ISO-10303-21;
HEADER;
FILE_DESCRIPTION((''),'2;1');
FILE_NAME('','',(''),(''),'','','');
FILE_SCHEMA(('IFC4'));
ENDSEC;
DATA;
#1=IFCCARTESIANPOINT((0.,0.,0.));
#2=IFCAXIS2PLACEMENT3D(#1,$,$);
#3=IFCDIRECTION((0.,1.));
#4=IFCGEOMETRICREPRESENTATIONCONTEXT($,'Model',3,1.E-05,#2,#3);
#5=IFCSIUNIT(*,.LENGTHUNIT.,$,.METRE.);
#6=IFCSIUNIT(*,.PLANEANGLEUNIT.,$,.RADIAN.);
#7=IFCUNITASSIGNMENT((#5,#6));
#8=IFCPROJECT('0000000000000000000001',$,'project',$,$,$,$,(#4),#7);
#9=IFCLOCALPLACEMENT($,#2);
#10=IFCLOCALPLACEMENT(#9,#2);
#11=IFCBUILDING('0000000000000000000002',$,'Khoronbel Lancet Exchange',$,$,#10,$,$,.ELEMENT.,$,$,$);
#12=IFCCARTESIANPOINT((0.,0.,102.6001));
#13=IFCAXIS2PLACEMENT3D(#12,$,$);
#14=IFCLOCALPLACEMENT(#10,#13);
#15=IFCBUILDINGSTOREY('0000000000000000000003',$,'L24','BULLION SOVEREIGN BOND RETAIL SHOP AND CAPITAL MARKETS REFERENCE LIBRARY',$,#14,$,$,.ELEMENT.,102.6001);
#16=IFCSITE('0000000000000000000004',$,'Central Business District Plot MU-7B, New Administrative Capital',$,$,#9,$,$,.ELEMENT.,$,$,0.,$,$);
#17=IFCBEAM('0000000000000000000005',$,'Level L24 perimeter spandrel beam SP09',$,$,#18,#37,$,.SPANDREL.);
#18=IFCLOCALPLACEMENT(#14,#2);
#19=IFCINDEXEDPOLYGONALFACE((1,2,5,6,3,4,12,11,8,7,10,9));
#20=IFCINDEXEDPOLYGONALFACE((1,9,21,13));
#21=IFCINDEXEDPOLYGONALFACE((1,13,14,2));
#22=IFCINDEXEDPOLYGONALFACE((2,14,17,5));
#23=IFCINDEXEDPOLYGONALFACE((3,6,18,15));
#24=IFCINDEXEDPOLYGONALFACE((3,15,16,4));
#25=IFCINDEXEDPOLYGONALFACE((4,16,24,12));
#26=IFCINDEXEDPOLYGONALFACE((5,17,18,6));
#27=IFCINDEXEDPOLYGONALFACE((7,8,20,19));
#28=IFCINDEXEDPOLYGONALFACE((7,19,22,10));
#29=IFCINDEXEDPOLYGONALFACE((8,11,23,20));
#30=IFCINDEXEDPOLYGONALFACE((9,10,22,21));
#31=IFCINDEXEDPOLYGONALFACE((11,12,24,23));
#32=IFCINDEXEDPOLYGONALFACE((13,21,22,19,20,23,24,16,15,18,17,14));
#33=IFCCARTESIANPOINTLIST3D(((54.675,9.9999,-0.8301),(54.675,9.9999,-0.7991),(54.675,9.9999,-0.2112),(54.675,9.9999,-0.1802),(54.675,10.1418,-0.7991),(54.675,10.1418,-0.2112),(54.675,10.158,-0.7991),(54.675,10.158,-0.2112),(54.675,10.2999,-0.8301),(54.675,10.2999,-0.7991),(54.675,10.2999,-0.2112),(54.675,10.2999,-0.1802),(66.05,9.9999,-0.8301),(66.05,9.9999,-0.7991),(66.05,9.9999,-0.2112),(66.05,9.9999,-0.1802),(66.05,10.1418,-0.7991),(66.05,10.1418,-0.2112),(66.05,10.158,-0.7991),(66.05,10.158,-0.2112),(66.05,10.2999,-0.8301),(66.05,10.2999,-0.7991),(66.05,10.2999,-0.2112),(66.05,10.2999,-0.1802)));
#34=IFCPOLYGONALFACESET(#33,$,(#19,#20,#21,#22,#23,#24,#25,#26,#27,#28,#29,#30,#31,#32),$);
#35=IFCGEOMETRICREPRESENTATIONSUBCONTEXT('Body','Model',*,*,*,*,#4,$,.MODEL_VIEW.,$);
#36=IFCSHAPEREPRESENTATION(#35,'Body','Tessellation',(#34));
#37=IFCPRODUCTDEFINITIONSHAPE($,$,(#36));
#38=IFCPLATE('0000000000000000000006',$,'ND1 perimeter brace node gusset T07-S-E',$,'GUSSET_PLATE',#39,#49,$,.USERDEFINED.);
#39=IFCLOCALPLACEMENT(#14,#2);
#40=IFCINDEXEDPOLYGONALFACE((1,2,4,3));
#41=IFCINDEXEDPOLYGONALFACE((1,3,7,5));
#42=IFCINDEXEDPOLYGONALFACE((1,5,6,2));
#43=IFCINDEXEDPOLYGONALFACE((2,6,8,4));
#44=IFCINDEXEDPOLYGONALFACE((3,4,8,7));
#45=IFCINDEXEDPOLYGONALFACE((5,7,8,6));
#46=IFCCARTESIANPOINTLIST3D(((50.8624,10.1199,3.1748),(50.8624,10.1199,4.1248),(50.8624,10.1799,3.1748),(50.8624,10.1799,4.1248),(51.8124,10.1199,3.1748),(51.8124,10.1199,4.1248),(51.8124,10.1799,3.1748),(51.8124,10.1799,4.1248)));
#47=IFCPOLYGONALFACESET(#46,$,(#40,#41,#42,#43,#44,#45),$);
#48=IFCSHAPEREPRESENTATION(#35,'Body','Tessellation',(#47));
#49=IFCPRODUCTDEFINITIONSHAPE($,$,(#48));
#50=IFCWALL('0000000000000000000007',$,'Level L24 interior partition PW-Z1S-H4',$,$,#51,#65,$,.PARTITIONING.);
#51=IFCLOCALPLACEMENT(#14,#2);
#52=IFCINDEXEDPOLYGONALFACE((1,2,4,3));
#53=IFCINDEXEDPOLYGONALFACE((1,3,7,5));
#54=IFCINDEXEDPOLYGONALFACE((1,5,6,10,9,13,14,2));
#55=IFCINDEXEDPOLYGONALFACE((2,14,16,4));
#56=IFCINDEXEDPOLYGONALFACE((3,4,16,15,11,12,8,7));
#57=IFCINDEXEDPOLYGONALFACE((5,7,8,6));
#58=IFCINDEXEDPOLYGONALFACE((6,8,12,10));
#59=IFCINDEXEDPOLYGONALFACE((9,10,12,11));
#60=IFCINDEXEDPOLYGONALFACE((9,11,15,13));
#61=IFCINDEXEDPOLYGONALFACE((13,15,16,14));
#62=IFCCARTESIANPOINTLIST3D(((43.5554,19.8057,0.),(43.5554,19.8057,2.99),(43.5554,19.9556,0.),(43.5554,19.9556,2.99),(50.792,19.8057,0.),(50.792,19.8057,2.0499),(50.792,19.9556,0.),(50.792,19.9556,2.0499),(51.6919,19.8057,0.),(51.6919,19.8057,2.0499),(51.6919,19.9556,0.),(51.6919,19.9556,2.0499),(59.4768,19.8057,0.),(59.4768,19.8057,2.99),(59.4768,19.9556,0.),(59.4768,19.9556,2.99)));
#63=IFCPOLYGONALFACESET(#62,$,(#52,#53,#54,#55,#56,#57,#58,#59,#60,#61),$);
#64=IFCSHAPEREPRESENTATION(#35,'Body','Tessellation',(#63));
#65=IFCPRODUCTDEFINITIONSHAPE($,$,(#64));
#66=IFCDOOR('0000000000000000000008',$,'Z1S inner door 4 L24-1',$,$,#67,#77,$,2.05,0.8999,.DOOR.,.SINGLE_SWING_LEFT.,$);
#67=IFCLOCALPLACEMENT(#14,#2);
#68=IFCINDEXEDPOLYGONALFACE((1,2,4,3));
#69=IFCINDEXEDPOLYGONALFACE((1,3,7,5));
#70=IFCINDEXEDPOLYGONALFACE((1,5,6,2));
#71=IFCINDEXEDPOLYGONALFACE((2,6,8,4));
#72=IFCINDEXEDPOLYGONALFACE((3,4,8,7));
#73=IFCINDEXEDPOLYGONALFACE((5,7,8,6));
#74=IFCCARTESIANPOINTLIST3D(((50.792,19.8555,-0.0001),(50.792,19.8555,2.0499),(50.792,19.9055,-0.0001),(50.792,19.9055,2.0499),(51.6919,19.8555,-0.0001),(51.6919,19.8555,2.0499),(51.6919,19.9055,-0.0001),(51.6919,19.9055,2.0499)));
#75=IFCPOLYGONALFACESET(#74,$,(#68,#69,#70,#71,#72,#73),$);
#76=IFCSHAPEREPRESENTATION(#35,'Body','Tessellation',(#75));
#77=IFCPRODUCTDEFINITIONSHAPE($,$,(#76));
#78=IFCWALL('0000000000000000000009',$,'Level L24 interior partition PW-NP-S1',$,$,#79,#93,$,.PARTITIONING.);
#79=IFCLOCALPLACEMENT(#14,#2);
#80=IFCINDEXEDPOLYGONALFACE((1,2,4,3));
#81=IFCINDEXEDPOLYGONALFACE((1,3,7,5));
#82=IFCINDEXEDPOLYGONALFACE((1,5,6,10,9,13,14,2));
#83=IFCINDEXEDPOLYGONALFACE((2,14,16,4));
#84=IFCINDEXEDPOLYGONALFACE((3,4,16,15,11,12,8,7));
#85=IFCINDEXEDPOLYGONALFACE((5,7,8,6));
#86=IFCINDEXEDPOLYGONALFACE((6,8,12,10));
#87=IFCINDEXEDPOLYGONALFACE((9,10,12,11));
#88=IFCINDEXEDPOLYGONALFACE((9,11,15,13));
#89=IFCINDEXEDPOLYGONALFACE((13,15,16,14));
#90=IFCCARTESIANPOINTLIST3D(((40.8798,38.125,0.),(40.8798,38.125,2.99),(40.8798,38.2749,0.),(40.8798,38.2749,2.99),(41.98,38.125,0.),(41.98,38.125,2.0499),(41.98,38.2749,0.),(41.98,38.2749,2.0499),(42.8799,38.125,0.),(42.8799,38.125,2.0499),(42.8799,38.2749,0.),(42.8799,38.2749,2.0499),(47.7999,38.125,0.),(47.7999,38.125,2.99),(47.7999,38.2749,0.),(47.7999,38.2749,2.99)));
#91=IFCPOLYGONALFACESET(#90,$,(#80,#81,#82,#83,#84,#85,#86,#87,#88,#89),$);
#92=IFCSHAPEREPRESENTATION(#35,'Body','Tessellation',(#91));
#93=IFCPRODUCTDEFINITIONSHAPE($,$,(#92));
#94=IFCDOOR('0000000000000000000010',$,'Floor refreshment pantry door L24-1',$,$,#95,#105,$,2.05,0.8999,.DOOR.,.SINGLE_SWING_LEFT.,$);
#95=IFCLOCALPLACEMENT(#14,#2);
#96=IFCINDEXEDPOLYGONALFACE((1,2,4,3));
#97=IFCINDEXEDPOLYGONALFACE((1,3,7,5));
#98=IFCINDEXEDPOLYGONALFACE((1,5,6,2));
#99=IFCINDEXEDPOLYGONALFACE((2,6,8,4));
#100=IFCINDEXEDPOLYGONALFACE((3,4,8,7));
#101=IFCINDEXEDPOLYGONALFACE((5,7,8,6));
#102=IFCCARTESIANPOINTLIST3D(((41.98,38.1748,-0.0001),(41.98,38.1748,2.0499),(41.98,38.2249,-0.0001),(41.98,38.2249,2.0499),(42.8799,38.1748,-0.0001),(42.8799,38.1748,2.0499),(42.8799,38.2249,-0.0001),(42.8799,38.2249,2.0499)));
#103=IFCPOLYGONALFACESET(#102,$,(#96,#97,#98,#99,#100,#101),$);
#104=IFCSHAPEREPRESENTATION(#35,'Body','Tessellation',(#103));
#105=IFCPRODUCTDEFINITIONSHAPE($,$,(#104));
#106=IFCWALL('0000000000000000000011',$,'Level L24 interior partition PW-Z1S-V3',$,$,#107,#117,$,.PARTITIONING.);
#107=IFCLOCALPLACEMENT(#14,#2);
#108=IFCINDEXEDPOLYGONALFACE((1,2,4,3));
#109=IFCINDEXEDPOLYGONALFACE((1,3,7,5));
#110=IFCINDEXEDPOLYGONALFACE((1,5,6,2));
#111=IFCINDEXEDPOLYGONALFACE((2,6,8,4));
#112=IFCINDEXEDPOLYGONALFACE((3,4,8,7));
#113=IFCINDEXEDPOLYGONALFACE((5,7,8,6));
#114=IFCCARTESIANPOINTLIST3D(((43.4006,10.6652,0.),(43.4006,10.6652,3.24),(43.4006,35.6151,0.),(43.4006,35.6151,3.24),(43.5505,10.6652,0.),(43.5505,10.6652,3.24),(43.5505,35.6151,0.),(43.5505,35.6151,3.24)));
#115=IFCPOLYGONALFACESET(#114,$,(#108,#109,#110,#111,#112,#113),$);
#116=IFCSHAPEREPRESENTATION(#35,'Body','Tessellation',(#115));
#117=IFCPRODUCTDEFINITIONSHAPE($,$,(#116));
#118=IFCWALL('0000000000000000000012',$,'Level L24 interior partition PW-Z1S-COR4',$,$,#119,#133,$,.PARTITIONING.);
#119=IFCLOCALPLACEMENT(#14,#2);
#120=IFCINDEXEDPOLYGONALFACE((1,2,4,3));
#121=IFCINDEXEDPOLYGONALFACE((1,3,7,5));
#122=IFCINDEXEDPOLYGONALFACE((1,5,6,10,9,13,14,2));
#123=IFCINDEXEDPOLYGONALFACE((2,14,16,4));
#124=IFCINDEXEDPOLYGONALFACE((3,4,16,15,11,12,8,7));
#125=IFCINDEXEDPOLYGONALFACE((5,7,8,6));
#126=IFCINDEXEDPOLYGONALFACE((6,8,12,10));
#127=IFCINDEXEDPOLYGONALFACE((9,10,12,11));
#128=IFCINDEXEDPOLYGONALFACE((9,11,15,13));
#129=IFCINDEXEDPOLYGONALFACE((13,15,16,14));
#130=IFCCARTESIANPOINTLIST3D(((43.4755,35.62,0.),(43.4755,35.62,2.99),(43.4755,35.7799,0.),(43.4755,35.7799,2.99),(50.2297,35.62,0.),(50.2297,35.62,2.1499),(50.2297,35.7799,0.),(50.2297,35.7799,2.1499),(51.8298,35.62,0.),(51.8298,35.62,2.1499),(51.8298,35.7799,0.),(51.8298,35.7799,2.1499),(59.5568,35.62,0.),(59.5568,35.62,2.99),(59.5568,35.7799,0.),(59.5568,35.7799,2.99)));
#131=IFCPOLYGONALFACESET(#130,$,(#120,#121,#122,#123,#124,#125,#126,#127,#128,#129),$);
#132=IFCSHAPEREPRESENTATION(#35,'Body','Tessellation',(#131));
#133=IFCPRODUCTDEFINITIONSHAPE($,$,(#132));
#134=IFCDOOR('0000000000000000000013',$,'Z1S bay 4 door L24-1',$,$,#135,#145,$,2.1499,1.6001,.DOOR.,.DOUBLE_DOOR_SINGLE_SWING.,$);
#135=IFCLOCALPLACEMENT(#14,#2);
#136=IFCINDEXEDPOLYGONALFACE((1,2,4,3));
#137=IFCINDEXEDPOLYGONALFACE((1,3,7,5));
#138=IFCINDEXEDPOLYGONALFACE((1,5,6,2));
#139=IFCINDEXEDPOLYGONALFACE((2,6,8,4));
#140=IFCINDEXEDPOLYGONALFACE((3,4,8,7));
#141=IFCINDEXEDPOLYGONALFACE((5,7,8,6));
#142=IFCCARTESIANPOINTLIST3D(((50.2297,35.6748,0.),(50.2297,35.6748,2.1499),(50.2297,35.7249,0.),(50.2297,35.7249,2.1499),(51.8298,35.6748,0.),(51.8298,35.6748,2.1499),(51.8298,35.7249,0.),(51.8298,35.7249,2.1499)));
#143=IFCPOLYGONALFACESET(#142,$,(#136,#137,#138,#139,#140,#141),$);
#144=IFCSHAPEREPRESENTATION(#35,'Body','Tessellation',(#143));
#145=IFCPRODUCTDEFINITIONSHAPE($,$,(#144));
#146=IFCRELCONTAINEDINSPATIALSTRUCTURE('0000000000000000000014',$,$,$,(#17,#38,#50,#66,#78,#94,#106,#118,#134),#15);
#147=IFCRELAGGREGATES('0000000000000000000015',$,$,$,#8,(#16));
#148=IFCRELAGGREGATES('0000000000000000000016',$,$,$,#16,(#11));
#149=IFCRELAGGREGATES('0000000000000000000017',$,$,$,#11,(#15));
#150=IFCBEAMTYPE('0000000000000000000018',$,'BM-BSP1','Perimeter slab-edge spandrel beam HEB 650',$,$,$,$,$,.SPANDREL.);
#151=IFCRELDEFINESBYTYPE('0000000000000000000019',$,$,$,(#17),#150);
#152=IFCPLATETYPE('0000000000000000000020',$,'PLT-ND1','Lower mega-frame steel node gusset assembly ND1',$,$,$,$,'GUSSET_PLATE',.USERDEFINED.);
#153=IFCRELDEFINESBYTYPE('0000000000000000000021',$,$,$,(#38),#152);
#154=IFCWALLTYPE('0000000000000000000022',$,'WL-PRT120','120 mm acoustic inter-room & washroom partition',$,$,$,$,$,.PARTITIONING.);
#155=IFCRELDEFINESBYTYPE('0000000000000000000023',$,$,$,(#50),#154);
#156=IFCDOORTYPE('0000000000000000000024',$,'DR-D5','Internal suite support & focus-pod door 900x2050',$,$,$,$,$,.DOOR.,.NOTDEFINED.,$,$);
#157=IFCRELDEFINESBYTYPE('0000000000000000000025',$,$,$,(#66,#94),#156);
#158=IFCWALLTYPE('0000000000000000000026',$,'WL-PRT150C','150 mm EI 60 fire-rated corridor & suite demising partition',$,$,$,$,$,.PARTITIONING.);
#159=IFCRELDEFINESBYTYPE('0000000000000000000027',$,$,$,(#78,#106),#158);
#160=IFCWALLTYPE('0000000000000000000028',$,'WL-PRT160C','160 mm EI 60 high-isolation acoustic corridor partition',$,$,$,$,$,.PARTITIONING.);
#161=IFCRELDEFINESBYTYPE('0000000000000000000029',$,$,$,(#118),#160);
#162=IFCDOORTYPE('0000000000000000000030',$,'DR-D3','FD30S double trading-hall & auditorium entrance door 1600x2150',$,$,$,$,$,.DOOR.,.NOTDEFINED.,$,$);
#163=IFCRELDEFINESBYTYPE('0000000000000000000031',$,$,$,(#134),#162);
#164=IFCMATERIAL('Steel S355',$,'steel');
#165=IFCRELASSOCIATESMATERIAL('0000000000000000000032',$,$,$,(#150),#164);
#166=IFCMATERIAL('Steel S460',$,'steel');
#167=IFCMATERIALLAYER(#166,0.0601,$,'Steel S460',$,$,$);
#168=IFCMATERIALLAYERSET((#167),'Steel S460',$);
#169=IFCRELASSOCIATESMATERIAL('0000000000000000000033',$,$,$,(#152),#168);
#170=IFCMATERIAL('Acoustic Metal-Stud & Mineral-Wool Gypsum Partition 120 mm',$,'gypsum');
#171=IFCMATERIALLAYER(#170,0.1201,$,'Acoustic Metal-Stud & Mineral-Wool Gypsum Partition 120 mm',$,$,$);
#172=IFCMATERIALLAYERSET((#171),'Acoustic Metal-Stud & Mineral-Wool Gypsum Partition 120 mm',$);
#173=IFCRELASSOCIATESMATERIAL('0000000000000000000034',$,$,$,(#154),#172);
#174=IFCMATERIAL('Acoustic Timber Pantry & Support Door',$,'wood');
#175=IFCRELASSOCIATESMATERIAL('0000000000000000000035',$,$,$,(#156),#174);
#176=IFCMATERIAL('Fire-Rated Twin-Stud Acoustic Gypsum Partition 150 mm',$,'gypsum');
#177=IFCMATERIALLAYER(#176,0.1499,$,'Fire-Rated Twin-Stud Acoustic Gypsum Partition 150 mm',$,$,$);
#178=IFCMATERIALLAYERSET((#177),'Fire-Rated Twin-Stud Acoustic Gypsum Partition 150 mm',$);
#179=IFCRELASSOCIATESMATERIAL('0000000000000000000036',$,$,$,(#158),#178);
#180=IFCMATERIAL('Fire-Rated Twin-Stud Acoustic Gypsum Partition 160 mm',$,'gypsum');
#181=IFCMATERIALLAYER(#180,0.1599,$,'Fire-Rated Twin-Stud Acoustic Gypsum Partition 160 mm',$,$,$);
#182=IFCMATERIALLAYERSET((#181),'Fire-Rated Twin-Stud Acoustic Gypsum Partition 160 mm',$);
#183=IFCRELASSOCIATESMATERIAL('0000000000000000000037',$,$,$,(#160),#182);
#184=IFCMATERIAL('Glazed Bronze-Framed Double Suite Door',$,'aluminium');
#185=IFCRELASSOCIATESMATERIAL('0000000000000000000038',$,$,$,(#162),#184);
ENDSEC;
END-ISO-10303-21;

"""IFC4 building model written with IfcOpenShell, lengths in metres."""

from ifc_helpers import new_model, si_unit, direction, frame, frame_2d, origin, origin_2d, place, context, subcontext, project, spatial, rectangle, i_section, extrude, material, layer, layer_set, material_profile, profile_set, type_object, element, fill, save


model = new_model("IFC4")

# Units and contexts
model_context = context("Model", 3, precision=1e-05, world=origin(), true_north=direction((0.0, 1.0)))
body_context = subcontext(model_context, "Body", "Model", "MODEL_VIEW")
ifc_project = project(units=[si_unit("LENGTHUNIT", "METRE"), si_unit("PLANEANGLEUNIT", "RADIAN")], contexts=[model_context])

# Site, building, storey
site_placement = place(None, origin())
site = spatial("IfcSite", under=ifc_project, at=site_placement, Name="Central Business District Plot MU-7B, New Administrative Capital", CompositionType="ELEMENT", RefElevation=0.0)
building_placement = place(site_placement, origin())
building = spatial("IfcBuilding", under=site, at=building_placement, Name="Khoronbel Lancet Exchange", CompositionType="ELEMENT")
storey_placement = place(building_placement, frame((0.0, 0.0, 102.6001)))
storey = spatial("IfcBuildingStorey", under=building, at=storey_placement, Name="L24", Description="BULLION SOVEREIGN BOND RETAIL SHOP AND CAPITAL MARKETS REFERENCE LIBRARY", CompositionType="ELEMENT", Elevation=102.6001)

# Shared definitions
ifc_material_1 = material(Name="Steel S460", Category="steel")

# Beam
ifc_material_2 = material(Name="Steel S355", Category="steel")
ifc_material_profile_1 = material_profile(ifc_material_2, i_section(OverallWidth=0.3, OverallDepth=0.6499, WebThickness=0.0161, FlangeThickness=0.031, at=origin_2d()), Name="HEB 650")
ifc_profile_set_1 = profile_set([ifc_material_profile_1], Name="Steel S355")
beam_type_1 = type_object("IfcBeamType", Name="BM-BSP1", Description="Perimeter slab-edge spandrel beam HEB 650", PredefinedType="SPANDREL", material=ifc_profile_set_1)
beam_1_placement = place(storey_placement, frame((54.675, 10.1499, -0.5051), z_axis=(1.0, 0.0, 0.0), x_axis=(0.0, 1.0, 0.0)))
element("IfcBeam", 1, at=beam_1_placement, inside=storey, type_object=beam_type_1, Name="Level L24 perimeter spandrel beam SP09", PredefinedType="SPANDREL", context=body_context, shape_type="SweptSolid", body=[
    extrude(i_section(OverallWidth=0.3, OverallDepth=0.6499, WebThickness=0.0161, FlangeThickness=0.031, at=origin_2d()), origin(), (0.0, 0.0, 1.0), 11.375),
])

# Plate
ifc_layer_1 = layer(ifc_material_1, 0.0601, Name="Steel S460")
ifc_layer_set_1 = layer_set([ifc_layer_1], Name="Steel S460")
plate_type = type_object("IfcPlateType", Name="PLT-ND1", Description="Lower mega-frame steel node gusset assembly ND1", ElementType="GUSSET_PLATE", PredefinedType="USERDEFINED", material=ifc_layer_set_1)
plate_placement = place(storey_placement, frame((51.3374, 10.1499, 3.1748), z_axis=(0.0, 0.0, 1.0), x_axis=(1.0, 0.0, 0.0)))
element("IfcPlate", 2, at=plate_placement, inside=storey, type_object=plate_type, Name="ND1 perimeter brace node gusset T07-S-E", ObjectType="GUSSET_PLATE", PredefinedType="USERDEFINED", context=body_context, shape_type="SweptSolid", body=[
    extrude(rectangle(XDim=0.95, YDim=0.0601, at=origin_2d()), origin(), (0.0, 0.0, 1.0), 0.95),
])

# Walls, openings, doors
ifc_material_3 = material(Name="Acoustic Metal-Stud & Mineral-Wool Gypsum Partition 120 mm", Category="gypsum")
ifc_layer_2 = layer(ifc_material_3, 0.1201, Name="Acoustic Metal-Stud & Mineral-Wool Gypsum Partition 120 mm")
ifc_layer_set_2 = layer_set([ifc_layer_2], Name="Acoustic Metal-Stud & Mineral-Wool Gypsum Partition 120 mm")
wall_type_1 = type_object("IfcWallType", Name="WL-PRT120", Description="120 mm acoustic inter-room & washroom partition", PredefinedType="PARTITIONING", material=ifc_layer_set_2)
wall_1_placement = place(storey_placement, frame((43.5554, 19.8806, 0.0), z_axis=(0.0, 0.0, 1.0), x_axis=(1.0, 0.0, 0.0)))
wall_1 = element("IfcWall", 3, at=wall_1_placement, inside=storey, type_object=wall_type_1, Name="Level L24 interior partition PW-Z1S-H4", PredefinedType="PARTITIONING", context=body_context, shape_type="SweptSolid", body=[
    extrude(rectangle(XDim=15.9214, YDim=0.1499, at=frame_2d((7.9607, 0.0))), origin(), (0.0, 0.0, 1.0), 2.99),
])
opening_1_placement = place(wall_1_placement, frame((7.2366, 0.0, 0.0)))
opening_1 = element("IfcOpeningElement", 4, at=opening_1_placement, cuts=wall_1, PredefinedType="OPENING", context=body_context, shape_type="SweptSolid", body=[
    extrude(rectangle(XDim=0.8999, YDim=2.05, at=frame_2d((0.45, 1.0249))), frame((0.0, 0.085, 0.0), z_axis=(0.0, -1.0, 0.0), x_axis=(1.0, 0.0, 0.0)), (0.0, 0.0, 1.0), 0.1699),
])
ifc_material_4 = material(Name="Acoustic Timber Pantry & Support Door", Category="wood")
door_type_1 = type_object("IfcDoorType", Name="DR-D5", Description="Internal suite support & focus-pod door 900x2050", OperationType="NOTDEFINED", PredefinedType="DOOR", material=ifc_material_4)
door_1_placement = place(opening_1_placement, origin())
door_1 = element("IfcDoor", 5, at=door_1_placement, inside=storey, type_object=door_type_1, Name="Z1S inner door 4 L24-1", OperationType="SINGLE_SWING_LEFT", OverallHeight=2.05, OverallWidth=0.8999, PredefinedType="DOOR", context=body_context, shape_type="SweptSolid", body=[
    extrude(rectangle(XDim=0.8999, YDim=2.05, at=frame_2d((0.45, 1.0249))), frame((0.0, 0.0249, 0.0), z_axis=(0.0, -1.0, 0.0), x_axis=(1.0, 0.0, 0.0)), (0.0, 0.0, 1.0), 0.05),
])
fill(opening_1, door_1)
ifc_material_5 = material(Name="Fire-Rated Twin-Stud Acoustic Gypsum Partition 150 mm", Category="gypsum")
ifc_layer_3 = layer(ifc_material_5, 0.1499, Name="Fire-Rated Twin-Stud Acoustic Gypsum Partition 150 mm")
ifc_layer_set_3 = layer_set([ifc_layer_3], Name="Fire-Rated Twin-Stud Acoustic Gypsum Partition 150 mm")
wall_type_2 = type_object("IfcWallType", Name="WL-PRT150C", Description="150 mm EI 60 fire-rated corridor & suite demising partition", PredefinedType="PARTITIONING", material=ifc_layer_set_3)
wall_2_placement = place(storey_placement, frame((40.8799, 38.2, 0.0), z_axis=(0.0, 0.0, 1.0), x_axis=(1.0, 0.0, 0.0)))
wall_2 = element("IfcWall", 6, at=wall_2_placement, inside=storey, type_object=wall_type_2, Name="Level L24 interior partition PW-NP-S1", PredefinedType="PARTITIONING", context=body_context, shape_type="SweptSolid", body=[
    extrude(rectangle(XDim=6.9202, YDim=0.1499, at=frame_2d((3.46, 0.0))), origin(), (0.0, 0.0, 1.0), 2.99),
])
opening_2_placement = place(wall_2_placement, frame((1.1001, 0.0, 0.0)))
opening_2 = element("IfcOpeningElement", 7, at=opening_2_placement, cuts=wall_2, PredefinedType="OPENING", context=body_context, shape_type="SweptSolid", body=[
    extrude(rectangle(XDim=0.8999, YDim=2.05, at=frame_2d((0.45, 1.0249))), frame((0.0, 0.085, 0.0), z_axis=(0.0, -1.0, 0.0), x_axis=(1.0, 0.0, 0.0)), (0.0, 0.0, 1.0), 0.1699),
])
door_2_placement = place(opening_2_placement, origin())
door_2 = element("IfcDoor", 8, at=door_2_placement, inside=storey, type_object=door_type_1, Name="Floor refreshment pantry door L24-1", OperationType="SINGLE_SWING_LEFT", OverallHeight=2.05, OverallWidth=0.8999, PredefinedType="DOOR", context=body_context, shape_type="SweptSolid", body=[
    extrude(rectangle(XDim=0.8999, YDim=2.05, at=frame_2d((0.45, 1.0249))), frame((0.0, 0.0249, 0.0), z_axis=(0.0, -1.0, 0.0), x_axis=(1.0, 0.0, 0.0)), (0.0, 0.0, 1.0), 0.05),
])
fill(opening_2, door_2)

# Wall
wall_3_placement = place(storey_placement, frame((43.4756, 10.665, 0.0), z_axis=(0.0, 0.0, 1.0), x_axis=(0.0, 1.0, 0.0)))
element("IfcWall", 9, at=wall_3_placement, inside=storey, type_object=wall_type_2, Name="Level L24 interior partition PW-Z1S-V3", PredefinedType="PARTITIONING", context=body_context, shape_type="SweptSolid", body=[
    extrude(rectangle(XDim=24.95, YDim=0.1499, at=frame_2d((12.4751, 0.0))), origin(), (0.0, 0.0, 1.0), 3.24),
])

# Wall, opening, door
ifc_material_6 = material(Name="Fire-Rated Twin-Stud Acoustic Gypsum Partition 160 mm", Category="gypsum")
ifc_layer_4 = layer(ifc_material_6, 0.1599, Name="Fire-Rated Twin-Stud Acoustic Gypsum Partition 160 mm")
ifc_layer_set_4 = layer_set([ifc_layer_4], Name="Fire-Rated Twin-Stud Acoustic Gypsum Partition 160 mm")
wall_type_3 = type_object("IfcWallType", Name="WL-PRT160C", Description="160 mm EI 60 high-isolation acoustic corridor partition", PredefinedType="PARTITIONING", material=ifc_layer_set_4)
wall_4_placement = place(storey_placement, frame((43.4756, 35.7, 0.0), z_axis=(0.0, 0.0, 1.0), x_axis=(1.0, 0.0, 0.0)))
wall_4 = element("IfcWall", 10, at=wall_4_placement, inside=storey, type_object=wall_type_3, Name="Level L24 interior partition PW-Z1S-COR4", PredefinedType="PARTITIONING", context=body_context, shape_type="SweptSolid", body=[
    extrude(rectangle(XDim=16.0813, YDim=0.1599, at=frame_2d((8.0405, 0.0))), origin(), (0.0, 0.0, 1.0), 2.99),
])
opening_3_placement = place(wall_4_placement, frame((6.7542, 0.0, 0.0)))
opening_3 = element("IfcOpeningElement", 11, at=opening_3_placement, cuts=wall_4, PredefinedType="OPENING", context=body_context, shape_type="SweptSolid", body=[
    extrude(rectangle(XDim=1.6001, YDim=2.1499, at=frame_2d((0.8, 1.075))), frame((0.0, 0.0898, 0.0), z_axis=(0.0, -1.0, 0.0), x_axis=(1.0, 0.0, 0.0)), (0.0, 0.0, 1.0), 0.1799),
])
ifc_material_7 = material(Name="Glazed Bronze-Framed Double Suite Door", Category="aluminium")
door_type_2 = type_object("IfcDoorType", Name="DR-D3", Description="FD30S double trading-hall & auditorium entrance door 1600x2150", OperationType="NOTDEFINED", PredefinedType="DOOR", material=ifc_material_7)
door_3_placement = place(opening_3_placement, origin())
door_3 = element("IfcDoor", 12, at=door_3_placement, inside=storey, type_object=door_type_2, Name="Z1S bay 4 door L24-1", OperationType="DOUBLE_DOOR_SINGLE_SWING", OverallHeight=2.1499, OverallWidth=1.6001, PredefinedType="DOOR", context=body_context, shape_type="SweptSolid", body=[
    extrude(rectangle(XDim=1.6001, YDim=2.1499, at=frame_2d((0.8, 1.075))), frame((0.0, 0.0249, 0.0), z_axis=(0.0, -1.0, 0.0), x_axis=(1.0, 0.0, 0.0)), (0.0, 0.0, 1.0), 0.05),
])
fill(opening_3, door_3)

save(model, "model.ifc")
